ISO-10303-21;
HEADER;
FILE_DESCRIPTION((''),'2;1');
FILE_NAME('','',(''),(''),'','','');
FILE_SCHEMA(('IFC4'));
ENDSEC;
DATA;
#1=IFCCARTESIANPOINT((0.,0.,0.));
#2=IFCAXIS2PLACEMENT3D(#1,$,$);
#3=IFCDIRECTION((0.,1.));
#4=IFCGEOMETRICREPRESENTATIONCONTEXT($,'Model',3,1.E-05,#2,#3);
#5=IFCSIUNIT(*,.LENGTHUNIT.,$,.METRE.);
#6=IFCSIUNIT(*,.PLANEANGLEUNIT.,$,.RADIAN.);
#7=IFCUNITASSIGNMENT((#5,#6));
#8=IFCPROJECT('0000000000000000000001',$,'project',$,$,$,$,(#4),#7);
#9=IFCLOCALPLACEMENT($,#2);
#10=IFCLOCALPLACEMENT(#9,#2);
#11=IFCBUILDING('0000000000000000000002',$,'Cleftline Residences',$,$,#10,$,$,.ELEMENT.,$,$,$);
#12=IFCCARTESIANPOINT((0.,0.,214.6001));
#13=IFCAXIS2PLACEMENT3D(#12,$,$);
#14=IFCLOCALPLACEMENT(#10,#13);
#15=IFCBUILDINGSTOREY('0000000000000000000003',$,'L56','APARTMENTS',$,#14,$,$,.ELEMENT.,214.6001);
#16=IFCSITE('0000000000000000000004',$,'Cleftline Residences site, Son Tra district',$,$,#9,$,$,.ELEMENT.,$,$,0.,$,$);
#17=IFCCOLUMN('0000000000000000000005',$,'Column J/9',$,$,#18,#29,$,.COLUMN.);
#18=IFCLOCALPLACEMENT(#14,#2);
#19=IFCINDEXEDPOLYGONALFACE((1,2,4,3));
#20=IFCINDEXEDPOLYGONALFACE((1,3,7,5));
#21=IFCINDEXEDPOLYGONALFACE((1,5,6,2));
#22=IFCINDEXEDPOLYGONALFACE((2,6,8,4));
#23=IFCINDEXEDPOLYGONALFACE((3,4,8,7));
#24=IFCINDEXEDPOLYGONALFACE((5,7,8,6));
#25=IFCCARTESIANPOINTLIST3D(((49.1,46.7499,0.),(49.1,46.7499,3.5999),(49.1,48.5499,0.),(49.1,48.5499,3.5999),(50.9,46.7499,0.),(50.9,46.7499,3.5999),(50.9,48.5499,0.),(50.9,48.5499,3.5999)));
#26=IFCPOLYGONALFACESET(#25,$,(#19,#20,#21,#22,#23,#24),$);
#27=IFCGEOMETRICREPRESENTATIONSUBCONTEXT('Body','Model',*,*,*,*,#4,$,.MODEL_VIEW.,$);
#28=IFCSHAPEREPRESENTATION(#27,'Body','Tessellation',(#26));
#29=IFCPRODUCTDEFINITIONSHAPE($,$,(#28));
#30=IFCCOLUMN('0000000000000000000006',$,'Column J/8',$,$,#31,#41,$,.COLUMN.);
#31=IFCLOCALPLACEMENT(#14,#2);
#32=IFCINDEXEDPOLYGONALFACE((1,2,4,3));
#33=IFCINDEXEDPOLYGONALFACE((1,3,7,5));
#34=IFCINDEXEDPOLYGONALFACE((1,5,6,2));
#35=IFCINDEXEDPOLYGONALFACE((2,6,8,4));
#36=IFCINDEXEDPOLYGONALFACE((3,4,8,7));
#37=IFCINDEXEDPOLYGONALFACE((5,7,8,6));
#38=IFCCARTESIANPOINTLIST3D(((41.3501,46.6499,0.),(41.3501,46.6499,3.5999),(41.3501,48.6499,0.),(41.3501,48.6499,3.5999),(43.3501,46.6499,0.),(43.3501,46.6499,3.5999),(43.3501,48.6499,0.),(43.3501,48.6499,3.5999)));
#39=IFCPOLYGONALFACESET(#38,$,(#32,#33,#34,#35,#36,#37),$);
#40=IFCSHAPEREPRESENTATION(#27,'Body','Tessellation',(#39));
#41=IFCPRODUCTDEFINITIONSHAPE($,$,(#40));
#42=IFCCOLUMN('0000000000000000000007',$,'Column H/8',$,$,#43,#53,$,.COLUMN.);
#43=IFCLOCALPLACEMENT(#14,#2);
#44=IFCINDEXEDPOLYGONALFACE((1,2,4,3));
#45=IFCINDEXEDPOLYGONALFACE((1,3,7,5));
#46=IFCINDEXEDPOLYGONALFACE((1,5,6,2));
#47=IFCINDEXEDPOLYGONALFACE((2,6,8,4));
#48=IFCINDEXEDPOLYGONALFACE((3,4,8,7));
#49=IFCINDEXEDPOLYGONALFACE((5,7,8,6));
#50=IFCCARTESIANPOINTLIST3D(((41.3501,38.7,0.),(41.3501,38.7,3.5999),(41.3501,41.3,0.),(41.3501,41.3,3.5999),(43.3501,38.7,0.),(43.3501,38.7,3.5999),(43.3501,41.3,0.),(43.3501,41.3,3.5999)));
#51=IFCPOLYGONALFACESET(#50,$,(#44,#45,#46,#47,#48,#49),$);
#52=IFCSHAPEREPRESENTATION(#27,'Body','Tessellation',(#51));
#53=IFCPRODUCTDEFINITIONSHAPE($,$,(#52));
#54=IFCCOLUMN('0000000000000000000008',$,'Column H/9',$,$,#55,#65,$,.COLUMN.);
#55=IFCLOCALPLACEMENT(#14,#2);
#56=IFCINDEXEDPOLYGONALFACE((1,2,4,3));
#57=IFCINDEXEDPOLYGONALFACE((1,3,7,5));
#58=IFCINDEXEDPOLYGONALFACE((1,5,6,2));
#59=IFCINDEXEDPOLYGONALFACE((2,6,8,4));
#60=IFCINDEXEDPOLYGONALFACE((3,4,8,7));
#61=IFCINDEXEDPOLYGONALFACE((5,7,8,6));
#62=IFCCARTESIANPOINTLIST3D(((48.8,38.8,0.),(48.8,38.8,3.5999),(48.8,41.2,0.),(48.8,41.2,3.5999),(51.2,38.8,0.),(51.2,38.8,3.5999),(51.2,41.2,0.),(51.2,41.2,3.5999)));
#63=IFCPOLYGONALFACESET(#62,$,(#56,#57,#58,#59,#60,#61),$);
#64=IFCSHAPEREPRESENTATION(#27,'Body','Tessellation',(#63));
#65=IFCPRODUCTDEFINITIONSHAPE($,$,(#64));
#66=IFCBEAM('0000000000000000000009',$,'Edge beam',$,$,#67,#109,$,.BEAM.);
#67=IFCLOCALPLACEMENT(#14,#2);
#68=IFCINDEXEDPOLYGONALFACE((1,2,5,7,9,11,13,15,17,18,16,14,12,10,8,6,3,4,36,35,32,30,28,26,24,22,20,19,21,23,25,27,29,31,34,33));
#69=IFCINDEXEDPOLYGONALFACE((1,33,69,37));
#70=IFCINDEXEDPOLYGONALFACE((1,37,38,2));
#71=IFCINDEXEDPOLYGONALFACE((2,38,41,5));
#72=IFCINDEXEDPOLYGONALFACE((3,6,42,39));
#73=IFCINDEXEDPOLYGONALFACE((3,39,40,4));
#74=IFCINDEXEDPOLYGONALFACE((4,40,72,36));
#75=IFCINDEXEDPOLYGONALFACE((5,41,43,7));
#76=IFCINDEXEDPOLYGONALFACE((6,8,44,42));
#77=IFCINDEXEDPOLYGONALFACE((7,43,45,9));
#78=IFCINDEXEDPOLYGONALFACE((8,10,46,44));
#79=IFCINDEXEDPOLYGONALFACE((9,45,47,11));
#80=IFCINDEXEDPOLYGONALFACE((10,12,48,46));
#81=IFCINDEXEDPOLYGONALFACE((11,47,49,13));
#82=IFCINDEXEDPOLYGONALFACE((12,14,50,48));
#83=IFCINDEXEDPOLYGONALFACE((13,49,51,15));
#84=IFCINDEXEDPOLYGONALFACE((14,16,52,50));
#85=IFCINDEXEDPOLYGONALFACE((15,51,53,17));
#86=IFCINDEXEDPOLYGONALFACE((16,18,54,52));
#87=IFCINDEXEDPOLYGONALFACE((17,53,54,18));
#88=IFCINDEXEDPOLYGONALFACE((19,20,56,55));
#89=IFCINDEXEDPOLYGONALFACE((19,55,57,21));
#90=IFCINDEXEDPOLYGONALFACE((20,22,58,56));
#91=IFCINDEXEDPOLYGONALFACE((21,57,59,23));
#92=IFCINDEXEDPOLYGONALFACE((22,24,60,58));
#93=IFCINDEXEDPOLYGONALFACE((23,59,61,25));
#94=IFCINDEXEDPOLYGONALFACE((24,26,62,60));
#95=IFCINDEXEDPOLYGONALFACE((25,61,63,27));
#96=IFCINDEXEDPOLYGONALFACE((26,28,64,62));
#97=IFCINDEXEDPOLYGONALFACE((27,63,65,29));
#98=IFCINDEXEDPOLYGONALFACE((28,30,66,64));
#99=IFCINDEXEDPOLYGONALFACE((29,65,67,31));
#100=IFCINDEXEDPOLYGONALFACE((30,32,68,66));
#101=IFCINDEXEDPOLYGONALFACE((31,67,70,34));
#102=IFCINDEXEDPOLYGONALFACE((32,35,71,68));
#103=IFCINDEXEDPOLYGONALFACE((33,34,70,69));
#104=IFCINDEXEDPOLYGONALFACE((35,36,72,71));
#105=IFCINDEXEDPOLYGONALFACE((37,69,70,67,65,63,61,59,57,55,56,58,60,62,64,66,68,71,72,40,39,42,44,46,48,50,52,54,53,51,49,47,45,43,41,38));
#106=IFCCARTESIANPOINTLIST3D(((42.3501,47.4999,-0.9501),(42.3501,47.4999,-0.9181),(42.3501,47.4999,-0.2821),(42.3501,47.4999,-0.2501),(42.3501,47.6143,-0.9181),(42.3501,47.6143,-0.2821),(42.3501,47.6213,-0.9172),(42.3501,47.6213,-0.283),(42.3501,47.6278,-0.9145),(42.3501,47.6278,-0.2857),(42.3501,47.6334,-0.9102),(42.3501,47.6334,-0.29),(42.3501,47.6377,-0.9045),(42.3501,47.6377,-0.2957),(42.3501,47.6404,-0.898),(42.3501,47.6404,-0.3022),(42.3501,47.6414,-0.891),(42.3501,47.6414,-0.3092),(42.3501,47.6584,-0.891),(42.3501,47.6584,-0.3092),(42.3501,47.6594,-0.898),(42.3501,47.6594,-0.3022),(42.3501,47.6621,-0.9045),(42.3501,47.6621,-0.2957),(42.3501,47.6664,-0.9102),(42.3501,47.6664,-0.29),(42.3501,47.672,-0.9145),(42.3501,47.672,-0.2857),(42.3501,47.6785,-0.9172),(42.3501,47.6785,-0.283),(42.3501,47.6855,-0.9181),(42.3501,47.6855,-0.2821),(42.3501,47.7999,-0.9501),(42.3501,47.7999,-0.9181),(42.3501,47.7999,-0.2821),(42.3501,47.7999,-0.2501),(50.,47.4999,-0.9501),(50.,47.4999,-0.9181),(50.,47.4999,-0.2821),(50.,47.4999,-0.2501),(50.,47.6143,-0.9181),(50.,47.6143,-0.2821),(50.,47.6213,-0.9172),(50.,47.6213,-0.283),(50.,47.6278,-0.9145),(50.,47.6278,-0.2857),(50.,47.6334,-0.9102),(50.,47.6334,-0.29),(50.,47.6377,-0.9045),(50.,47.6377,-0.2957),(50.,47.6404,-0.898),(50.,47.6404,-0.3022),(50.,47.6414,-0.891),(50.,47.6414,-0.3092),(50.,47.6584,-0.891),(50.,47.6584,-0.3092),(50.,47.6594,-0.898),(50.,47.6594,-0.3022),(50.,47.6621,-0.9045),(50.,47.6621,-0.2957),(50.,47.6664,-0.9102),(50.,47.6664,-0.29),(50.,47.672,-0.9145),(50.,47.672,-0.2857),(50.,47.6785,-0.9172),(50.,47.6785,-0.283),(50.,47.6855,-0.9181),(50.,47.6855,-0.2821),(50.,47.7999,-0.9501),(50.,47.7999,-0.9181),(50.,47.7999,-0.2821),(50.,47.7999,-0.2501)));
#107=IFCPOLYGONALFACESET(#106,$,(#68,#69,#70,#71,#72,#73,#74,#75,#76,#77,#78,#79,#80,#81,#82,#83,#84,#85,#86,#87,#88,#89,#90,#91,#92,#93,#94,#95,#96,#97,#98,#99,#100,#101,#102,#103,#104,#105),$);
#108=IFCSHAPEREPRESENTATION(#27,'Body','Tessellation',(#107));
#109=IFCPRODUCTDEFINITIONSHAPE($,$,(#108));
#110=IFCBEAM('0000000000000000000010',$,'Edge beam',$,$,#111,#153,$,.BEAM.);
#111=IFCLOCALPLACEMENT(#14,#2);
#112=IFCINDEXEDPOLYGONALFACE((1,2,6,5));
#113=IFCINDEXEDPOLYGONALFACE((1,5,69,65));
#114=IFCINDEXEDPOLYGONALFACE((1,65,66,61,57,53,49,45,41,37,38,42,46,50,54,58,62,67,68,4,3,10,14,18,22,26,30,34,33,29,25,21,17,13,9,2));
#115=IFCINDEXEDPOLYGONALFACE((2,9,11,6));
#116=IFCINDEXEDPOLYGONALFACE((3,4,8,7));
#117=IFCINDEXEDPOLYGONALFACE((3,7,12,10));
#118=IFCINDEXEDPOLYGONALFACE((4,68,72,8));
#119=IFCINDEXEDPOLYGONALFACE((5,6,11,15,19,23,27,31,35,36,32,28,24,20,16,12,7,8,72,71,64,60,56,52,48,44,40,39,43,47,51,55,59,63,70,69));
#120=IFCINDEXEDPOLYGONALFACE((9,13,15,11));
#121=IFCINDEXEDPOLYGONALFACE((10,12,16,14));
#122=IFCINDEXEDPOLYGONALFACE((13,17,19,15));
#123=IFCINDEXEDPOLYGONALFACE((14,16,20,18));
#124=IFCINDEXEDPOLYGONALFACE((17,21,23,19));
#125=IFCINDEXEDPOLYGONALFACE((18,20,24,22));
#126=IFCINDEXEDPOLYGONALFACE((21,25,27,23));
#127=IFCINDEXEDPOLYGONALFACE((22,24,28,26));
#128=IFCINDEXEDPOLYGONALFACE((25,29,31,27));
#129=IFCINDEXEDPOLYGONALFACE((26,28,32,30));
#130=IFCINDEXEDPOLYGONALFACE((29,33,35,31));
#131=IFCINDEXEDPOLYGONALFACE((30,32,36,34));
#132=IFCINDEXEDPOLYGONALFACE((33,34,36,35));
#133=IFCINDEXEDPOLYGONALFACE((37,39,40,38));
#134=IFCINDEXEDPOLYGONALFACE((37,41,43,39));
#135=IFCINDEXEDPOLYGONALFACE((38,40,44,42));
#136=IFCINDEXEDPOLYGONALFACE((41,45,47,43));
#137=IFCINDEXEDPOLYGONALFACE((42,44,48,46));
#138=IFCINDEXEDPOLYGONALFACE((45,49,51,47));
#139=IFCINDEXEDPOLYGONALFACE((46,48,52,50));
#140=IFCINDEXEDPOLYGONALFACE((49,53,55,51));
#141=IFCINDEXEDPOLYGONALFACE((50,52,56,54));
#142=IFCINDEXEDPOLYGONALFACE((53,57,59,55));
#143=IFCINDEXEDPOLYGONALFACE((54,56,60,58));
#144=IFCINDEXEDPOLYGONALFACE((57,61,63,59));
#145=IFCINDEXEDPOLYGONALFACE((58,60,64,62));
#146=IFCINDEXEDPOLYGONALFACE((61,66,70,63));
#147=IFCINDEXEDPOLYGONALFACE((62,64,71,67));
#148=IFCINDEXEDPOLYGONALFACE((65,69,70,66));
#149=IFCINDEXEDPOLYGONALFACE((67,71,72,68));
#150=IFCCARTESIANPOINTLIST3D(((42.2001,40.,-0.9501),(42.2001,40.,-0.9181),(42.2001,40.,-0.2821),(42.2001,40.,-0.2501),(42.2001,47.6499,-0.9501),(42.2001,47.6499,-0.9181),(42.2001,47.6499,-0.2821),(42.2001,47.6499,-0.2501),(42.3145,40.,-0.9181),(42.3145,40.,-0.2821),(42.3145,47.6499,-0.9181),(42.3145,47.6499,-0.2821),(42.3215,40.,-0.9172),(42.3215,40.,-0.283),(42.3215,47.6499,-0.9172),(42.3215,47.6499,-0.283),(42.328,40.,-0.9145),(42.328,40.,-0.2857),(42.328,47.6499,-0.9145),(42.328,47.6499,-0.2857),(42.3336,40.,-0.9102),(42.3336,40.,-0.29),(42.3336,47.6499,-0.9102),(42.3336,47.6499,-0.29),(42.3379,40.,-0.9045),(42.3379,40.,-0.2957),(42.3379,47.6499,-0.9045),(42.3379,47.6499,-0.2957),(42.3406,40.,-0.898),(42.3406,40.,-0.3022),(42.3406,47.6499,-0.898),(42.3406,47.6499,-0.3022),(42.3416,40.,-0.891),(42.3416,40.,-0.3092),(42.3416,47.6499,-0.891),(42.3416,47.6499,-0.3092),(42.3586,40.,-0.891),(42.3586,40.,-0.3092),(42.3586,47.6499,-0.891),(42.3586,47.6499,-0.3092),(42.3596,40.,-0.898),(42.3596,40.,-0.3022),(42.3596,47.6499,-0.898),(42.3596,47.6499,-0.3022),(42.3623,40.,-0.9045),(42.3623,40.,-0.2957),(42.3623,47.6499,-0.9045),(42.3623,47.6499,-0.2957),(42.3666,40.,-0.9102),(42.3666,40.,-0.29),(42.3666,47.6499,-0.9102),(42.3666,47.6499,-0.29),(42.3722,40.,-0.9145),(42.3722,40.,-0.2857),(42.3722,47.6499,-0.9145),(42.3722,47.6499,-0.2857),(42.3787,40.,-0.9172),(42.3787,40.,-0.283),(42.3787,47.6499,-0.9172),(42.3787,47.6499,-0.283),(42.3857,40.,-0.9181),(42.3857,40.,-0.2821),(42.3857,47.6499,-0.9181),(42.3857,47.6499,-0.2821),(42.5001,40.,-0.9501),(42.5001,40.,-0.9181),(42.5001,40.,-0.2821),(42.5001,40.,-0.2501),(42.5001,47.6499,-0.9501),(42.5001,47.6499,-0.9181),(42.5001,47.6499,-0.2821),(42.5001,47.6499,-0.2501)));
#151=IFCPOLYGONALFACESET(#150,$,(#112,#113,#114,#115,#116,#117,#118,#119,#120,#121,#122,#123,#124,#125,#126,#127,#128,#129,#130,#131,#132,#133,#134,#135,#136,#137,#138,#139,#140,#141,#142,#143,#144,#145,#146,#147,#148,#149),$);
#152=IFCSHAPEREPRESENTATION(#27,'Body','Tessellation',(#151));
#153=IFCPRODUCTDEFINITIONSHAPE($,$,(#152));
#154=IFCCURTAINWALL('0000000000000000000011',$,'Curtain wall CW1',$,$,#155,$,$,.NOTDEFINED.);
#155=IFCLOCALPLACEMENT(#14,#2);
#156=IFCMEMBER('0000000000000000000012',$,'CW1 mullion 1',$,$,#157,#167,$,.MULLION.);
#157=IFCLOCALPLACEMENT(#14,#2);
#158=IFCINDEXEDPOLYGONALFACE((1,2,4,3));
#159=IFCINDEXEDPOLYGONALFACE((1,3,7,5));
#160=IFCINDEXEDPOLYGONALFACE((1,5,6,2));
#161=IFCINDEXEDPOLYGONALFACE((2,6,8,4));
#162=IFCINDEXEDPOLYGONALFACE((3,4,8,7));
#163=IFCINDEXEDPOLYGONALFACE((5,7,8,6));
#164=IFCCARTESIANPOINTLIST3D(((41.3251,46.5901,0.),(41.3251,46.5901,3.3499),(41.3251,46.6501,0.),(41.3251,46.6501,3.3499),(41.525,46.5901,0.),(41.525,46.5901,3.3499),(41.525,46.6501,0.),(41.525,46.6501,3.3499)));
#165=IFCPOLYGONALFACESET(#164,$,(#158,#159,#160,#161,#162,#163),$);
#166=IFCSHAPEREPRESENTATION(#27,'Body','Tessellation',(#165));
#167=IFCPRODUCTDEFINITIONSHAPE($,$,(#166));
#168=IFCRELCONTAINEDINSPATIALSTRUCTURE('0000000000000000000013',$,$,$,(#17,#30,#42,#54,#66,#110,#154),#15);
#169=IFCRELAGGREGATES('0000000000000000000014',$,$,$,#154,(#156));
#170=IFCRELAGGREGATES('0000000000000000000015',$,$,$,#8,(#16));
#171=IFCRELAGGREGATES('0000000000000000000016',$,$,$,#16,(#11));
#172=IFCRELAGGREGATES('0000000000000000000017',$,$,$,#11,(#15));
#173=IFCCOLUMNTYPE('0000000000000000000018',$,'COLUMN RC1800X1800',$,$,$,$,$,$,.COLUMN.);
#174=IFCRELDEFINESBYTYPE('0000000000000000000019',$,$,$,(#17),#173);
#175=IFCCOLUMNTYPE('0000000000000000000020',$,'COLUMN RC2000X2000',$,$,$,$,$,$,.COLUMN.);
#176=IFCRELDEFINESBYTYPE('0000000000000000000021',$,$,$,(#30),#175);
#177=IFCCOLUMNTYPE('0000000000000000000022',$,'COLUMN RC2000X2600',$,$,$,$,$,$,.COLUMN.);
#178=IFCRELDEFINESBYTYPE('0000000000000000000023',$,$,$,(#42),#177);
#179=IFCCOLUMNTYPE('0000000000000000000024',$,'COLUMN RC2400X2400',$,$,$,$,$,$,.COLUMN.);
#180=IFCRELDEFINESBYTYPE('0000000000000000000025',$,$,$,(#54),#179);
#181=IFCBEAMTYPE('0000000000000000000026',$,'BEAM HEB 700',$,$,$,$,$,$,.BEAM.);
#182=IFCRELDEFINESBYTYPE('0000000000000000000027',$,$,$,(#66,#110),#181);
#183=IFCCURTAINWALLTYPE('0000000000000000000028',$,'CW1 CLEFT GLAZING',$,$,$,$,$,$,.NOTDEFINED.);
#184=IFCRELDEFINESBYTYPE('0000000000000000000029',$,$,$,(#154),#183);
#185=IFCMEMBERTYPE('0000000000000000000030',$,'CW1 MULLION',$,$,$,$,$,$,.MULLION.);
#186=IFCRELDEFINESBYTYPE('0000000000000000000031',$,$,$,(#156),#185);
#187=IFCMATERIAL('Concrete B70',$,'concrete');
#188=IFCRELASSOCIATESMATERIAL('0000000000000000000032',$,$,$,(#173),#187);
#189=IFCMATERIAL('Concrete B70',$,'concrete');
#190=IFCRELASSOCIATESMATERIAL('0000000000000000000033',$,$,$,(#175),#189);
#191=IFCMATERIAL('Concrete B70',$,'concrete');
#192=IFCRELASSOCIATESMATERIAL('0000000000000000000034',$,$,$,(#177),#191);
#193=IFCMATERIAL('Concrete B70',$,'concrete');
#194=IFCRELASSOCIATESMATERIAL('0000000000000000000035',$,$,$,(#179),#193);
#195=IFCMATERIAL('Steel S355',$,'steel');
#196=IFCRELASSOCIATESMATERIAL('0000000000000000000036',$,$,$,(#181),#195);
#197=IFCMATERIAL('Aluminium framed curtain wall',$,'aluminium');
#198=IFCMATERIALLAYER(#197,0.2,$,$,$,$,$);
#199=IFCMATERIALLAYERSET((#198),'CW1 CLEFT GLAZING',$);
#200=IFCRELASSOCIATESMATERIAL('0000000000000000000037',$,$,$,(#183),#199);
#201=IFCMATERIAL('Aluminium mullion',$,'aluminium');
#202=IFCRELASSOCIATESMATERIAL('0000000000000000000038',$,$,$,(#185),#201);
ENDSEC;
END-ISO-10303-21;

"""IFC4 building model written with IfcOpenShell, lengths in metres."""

from ifc_helpers import new_model, si_unit, direction, frame, origin, origin_2d, place, context, subcontext, project, spatial, rectangle, i_section, extrude, material, layer, layer_set, material_profile, profile_set, type_object, element, aggregate, save


model = new_model("IFC4")

# Units and contexts
model_context = context("Model", 3, precision=1e-05, world=origin(), true_north=direction((0.0, 1.0)))
body_context = subcontext(model_context, "Body", "Model", "MODEL_VIEW")
ifc_project = project(units=[si_unit("LENGTHUNIT", "METRE"), si_unit("PLANEANGLEUNIT", "RADIAN")], contexts=[model_context])

# Site, building, storey
site_placement = place(None, origin())
site = spatial("IfcSite", under=ifc_project, at=site_placement, Name="Cleftline Residences site, Son Tra district", CompositionType="ELEMENT", RefElevation=0.0)
building_placement = place(site_placement, origin())
building = spatial("IfcBuilding", under=site, at=building_placement, Name="Cleftline Residences", CompositionType="ELEMENT")
storey_placement = place(building_placement, frame((0.0, 0.0, 214.6001)))
storey = spatial("IfcBuildingStorey", under=building, at=storey_placement, Name="L56", Description="APARTMENTS", CompositionType="ELEMENT", Elevation=214.6001)

# Columns
ifc_material_1 = material(Name="Concrete B70", Category="concrete")
ifc_material_profile_1 = material_profile(ifc_material_1, rectangle(XDim=1.8, YDim=1.8, at=origin_2d()))
ifc_profile_set_1 = profile_set([ifc_material_profile_1], Name="Concrete B70")
column_type_1 = type_object("IfcColumnType", Name="COLUMN RC1800X1800", PredefinedType="COLUMN", material=ifc_profile_set_1)
column_1_placement = place(storey_placement, frame((50.0, 47.6499, 0.0), z_axis=(0.0, 0.0, 1.0), x_axis=(1.0, 0.0, 0.0)))
element("IfcColumn", 1, at=column_1_placement, inside=storey, type_object=column_type_1, Name="Column J/9", PredefinedType="COLUMN", context=body_context, shape_type="SweptSolid", body=[
    extrude(rectangle(XDim=1.8, YDim=1.8, at=origin_2d()), origin(), (0.0, 0.0, 1.0), 3.5999),
])
ifc_material_2 = material(Name="Concrete B70", Category="concrete")
ifc_material_profile_2 = material_profile(ifc_material_2, rectangle(XDim=2.0, YDim=2.0, at=origin_2d()))
ifc_profile_set_2 = profile_set([ifc_material_profile_2], Name="Concrete B70")
column_type_2 = type_object("IfcColumnType", Name="COLUMN RC2000X2000", PredefinedType="COLUMN", material=ifc_profile_set_2)
column_2_placement = place(storey_placement, frame((42.3501, 47.6499, 0.0), z_axis=(0.0, 0.0, 1.0), x_axis=(1.0, 0.0, 0.0)))
element("IfcColumn", 2, at=column_2_placement, inside=storey, type_object=column_type_2, Name="Column J/8", PredefinedType="COLUMN", context=body_context, shape_type="SweptSolid", body=[
    extrude(rectangle(XDim=2.0, YDim=2.0, at=origin_2d()), origin(), (0.0, 0.0, 1.0), 3.5999),
])
ifc_material_3 = material(Name="Concrete B70", Category="concrete")
ifc_material_profile_3 = material_profile(ifc_material_3, rectangle(XDim=2.0, YDim=2.6001, at=origin_2d()))
ifc_profile_set_3 = profile_set([ifc_material_profile_3], Name="Concrete B70")
column_type_3 = type_object("IfcColumnType", Name="COLUMN RC2000X2600", PredefinedType="COLUMN", material=ifc_profile_set_3)
column_3_placement = place(storey_placement, frame((42.3501, 40.0, 0.0), z_axis=(0.0, 0.0, 1.0), x_axis=(1.0, 0.0, 0.0)))
element("IfcColumn", 3, at=column_3_placement, inside=storey, type_object=column_type_3, Name="Column H/8", PredefinedType="COLUMN", context=body_context, shape_type="SweptSolid", body=[
    extrude(rectangle(XDim=2.0, YDim=2.6001, at=origin_2d()), origin(), (0.0, 0.0, 1.0), 3.5999),
])
ifc_material_4 = material(Name="Concrete B70", Category="concrete")
ifc_material_profile_4 = material_profile(ifc_material_4, rectangle(XDim=2.3999, YDim=2.3999, at=origin_2d()))
ifc_profile_set_4 = profile_set([ifc_material_profile_4], Name="Concrete B70")
column_type_4 = type_object("IfcColumnType", Name="COLUMN RC2400X2400", PredefinedType="COLUMN", material=ifc_profile_set_4)
column_4_placement = place(storey_placement, frame((50.0, 40.0, 0.0), z_axis=(0.0, 0.0, 1.0), x_axis=(1.0, 0.0, 0.0)))
element("IfcColumn", 4, at=column_4_placement, inside=storey, type_object=column_type_4, Name="Column H/9", PredefinedType="COLUMN", context=body_context, shape_type="SweptSolid", body=[
    extrude(rectangle(XDim=2.3999, YDim=2.3999, at=origin_2d()), origin(), (0.0, 0.0, 1.0), 3.5999),
])

# Beams
ifc_material_5 = material(Name="Steel S355", Category="steel")
ifc_material_profile_5 = material_profile(ifc_material_5, i_section(OverallWidth=0.3, OverallDepth=0.7, WebThickness=0.0171, FlangeThickness=0.032, FilletRadius=0.0271, at=origin_2d()))
ifc_profile_set_5 = profile_set([ifc_material_profile_5], Name="Steel S355")
beam_type = type_object("IfcBeamType", Name="BEAM HEB 700", PredefinedType="BEAM", material=ifc_profile_set_5)
for number, where, z_axis, x_axis, name in (
    (5, (50.0, 47.6499, -0.6001), (-1.0, 0.0, 0.0), (0.0, -1.0, 0.0), "Edge beam"),
    (6, (42.3501, 47.6499, -0.6001), (0.0, -1.0, 0.0), (1.0, 0.0, 0.0), "Edge beam"),
):
    element("IfcBeam", number, at=place(storey_placement, frame(where, z_axis=z_axis, x_axis=x_axis)), inside=storey, type_object=beam_type, Name=name, PredefinedType="BEAM", context=body_context, shape_type="SweptSolid", body=[
        extrude(i_section(OverallWidth=0.3, OverallDepth=0.7, WebThickness=0.0171, FlangeThickness=0.032, FilletRadius=0.0271, at=origin_2d()), origin(), (0.0, 0.0, 1.0), 7.6499),
    ])

# Curtain wall, member
ifc_material_6 = material(Name="Aluminium framed curtain wall", Category="aluminium")
ifc_layer_1 = layer(ifc_material_6, 0.2)
ifc_layer_set_1 = layer_set([ifc_layer_1], Name="CW1 CLEFT GLAZING")
curtain_wall_type = type_object("IfcCurtainWallType", Name="CW1 CLEFT GLAZING", PredefinedType="NOTDEFINED", material=ifc_layer_set_1)
curtain_wall_placement = place(storey_placement, origin())
curtain_wall = element("IfcCurtainWall", 7, at=curtain_wall_placement, inside=storey, type_object=curtain_wall_type, Name="Curtain wall CW1", PredefinedType="NOTDEFINED")
ifc_material_7 = material(Name="Aluminium mullion", Category="aluminium")
ifc_material_profile_6 = material_profile(ifc_material_7, rectangle(XDim=0.2, YDim=0.0601, at=origin_2d()))
ifc_profile_set_6 = profile_set([ifc_material_profile_6], Name="Aluminium mullion")
member_type = type_object("IfcMemberType", Name="CW1 MULLION", PredefinedType="MULLION", material=ifc_profile_set_6)
member_placement = place(storey_placement, frame((41.425, 46.6201, 0.0), z_axis=(0.0, 0.0, 1.0), x_axis=(1.0, 0.0, 0.0)))
member = element("IfcMember", 8, at=member_placement, type_object=member_type, Name="CW1 mullion 1", PredefinedType="MULLION", context=body_context, shape_type="SweptSolid", body=[
    extrude(rectangle(XDim=0.2, YDim=0.0601, at=origin_2d()), origin(), (0.0, 0.0, 1.0), 3.3499),
])
aggregate(curtain_wall, [member])

save(model, "model.ifc")
